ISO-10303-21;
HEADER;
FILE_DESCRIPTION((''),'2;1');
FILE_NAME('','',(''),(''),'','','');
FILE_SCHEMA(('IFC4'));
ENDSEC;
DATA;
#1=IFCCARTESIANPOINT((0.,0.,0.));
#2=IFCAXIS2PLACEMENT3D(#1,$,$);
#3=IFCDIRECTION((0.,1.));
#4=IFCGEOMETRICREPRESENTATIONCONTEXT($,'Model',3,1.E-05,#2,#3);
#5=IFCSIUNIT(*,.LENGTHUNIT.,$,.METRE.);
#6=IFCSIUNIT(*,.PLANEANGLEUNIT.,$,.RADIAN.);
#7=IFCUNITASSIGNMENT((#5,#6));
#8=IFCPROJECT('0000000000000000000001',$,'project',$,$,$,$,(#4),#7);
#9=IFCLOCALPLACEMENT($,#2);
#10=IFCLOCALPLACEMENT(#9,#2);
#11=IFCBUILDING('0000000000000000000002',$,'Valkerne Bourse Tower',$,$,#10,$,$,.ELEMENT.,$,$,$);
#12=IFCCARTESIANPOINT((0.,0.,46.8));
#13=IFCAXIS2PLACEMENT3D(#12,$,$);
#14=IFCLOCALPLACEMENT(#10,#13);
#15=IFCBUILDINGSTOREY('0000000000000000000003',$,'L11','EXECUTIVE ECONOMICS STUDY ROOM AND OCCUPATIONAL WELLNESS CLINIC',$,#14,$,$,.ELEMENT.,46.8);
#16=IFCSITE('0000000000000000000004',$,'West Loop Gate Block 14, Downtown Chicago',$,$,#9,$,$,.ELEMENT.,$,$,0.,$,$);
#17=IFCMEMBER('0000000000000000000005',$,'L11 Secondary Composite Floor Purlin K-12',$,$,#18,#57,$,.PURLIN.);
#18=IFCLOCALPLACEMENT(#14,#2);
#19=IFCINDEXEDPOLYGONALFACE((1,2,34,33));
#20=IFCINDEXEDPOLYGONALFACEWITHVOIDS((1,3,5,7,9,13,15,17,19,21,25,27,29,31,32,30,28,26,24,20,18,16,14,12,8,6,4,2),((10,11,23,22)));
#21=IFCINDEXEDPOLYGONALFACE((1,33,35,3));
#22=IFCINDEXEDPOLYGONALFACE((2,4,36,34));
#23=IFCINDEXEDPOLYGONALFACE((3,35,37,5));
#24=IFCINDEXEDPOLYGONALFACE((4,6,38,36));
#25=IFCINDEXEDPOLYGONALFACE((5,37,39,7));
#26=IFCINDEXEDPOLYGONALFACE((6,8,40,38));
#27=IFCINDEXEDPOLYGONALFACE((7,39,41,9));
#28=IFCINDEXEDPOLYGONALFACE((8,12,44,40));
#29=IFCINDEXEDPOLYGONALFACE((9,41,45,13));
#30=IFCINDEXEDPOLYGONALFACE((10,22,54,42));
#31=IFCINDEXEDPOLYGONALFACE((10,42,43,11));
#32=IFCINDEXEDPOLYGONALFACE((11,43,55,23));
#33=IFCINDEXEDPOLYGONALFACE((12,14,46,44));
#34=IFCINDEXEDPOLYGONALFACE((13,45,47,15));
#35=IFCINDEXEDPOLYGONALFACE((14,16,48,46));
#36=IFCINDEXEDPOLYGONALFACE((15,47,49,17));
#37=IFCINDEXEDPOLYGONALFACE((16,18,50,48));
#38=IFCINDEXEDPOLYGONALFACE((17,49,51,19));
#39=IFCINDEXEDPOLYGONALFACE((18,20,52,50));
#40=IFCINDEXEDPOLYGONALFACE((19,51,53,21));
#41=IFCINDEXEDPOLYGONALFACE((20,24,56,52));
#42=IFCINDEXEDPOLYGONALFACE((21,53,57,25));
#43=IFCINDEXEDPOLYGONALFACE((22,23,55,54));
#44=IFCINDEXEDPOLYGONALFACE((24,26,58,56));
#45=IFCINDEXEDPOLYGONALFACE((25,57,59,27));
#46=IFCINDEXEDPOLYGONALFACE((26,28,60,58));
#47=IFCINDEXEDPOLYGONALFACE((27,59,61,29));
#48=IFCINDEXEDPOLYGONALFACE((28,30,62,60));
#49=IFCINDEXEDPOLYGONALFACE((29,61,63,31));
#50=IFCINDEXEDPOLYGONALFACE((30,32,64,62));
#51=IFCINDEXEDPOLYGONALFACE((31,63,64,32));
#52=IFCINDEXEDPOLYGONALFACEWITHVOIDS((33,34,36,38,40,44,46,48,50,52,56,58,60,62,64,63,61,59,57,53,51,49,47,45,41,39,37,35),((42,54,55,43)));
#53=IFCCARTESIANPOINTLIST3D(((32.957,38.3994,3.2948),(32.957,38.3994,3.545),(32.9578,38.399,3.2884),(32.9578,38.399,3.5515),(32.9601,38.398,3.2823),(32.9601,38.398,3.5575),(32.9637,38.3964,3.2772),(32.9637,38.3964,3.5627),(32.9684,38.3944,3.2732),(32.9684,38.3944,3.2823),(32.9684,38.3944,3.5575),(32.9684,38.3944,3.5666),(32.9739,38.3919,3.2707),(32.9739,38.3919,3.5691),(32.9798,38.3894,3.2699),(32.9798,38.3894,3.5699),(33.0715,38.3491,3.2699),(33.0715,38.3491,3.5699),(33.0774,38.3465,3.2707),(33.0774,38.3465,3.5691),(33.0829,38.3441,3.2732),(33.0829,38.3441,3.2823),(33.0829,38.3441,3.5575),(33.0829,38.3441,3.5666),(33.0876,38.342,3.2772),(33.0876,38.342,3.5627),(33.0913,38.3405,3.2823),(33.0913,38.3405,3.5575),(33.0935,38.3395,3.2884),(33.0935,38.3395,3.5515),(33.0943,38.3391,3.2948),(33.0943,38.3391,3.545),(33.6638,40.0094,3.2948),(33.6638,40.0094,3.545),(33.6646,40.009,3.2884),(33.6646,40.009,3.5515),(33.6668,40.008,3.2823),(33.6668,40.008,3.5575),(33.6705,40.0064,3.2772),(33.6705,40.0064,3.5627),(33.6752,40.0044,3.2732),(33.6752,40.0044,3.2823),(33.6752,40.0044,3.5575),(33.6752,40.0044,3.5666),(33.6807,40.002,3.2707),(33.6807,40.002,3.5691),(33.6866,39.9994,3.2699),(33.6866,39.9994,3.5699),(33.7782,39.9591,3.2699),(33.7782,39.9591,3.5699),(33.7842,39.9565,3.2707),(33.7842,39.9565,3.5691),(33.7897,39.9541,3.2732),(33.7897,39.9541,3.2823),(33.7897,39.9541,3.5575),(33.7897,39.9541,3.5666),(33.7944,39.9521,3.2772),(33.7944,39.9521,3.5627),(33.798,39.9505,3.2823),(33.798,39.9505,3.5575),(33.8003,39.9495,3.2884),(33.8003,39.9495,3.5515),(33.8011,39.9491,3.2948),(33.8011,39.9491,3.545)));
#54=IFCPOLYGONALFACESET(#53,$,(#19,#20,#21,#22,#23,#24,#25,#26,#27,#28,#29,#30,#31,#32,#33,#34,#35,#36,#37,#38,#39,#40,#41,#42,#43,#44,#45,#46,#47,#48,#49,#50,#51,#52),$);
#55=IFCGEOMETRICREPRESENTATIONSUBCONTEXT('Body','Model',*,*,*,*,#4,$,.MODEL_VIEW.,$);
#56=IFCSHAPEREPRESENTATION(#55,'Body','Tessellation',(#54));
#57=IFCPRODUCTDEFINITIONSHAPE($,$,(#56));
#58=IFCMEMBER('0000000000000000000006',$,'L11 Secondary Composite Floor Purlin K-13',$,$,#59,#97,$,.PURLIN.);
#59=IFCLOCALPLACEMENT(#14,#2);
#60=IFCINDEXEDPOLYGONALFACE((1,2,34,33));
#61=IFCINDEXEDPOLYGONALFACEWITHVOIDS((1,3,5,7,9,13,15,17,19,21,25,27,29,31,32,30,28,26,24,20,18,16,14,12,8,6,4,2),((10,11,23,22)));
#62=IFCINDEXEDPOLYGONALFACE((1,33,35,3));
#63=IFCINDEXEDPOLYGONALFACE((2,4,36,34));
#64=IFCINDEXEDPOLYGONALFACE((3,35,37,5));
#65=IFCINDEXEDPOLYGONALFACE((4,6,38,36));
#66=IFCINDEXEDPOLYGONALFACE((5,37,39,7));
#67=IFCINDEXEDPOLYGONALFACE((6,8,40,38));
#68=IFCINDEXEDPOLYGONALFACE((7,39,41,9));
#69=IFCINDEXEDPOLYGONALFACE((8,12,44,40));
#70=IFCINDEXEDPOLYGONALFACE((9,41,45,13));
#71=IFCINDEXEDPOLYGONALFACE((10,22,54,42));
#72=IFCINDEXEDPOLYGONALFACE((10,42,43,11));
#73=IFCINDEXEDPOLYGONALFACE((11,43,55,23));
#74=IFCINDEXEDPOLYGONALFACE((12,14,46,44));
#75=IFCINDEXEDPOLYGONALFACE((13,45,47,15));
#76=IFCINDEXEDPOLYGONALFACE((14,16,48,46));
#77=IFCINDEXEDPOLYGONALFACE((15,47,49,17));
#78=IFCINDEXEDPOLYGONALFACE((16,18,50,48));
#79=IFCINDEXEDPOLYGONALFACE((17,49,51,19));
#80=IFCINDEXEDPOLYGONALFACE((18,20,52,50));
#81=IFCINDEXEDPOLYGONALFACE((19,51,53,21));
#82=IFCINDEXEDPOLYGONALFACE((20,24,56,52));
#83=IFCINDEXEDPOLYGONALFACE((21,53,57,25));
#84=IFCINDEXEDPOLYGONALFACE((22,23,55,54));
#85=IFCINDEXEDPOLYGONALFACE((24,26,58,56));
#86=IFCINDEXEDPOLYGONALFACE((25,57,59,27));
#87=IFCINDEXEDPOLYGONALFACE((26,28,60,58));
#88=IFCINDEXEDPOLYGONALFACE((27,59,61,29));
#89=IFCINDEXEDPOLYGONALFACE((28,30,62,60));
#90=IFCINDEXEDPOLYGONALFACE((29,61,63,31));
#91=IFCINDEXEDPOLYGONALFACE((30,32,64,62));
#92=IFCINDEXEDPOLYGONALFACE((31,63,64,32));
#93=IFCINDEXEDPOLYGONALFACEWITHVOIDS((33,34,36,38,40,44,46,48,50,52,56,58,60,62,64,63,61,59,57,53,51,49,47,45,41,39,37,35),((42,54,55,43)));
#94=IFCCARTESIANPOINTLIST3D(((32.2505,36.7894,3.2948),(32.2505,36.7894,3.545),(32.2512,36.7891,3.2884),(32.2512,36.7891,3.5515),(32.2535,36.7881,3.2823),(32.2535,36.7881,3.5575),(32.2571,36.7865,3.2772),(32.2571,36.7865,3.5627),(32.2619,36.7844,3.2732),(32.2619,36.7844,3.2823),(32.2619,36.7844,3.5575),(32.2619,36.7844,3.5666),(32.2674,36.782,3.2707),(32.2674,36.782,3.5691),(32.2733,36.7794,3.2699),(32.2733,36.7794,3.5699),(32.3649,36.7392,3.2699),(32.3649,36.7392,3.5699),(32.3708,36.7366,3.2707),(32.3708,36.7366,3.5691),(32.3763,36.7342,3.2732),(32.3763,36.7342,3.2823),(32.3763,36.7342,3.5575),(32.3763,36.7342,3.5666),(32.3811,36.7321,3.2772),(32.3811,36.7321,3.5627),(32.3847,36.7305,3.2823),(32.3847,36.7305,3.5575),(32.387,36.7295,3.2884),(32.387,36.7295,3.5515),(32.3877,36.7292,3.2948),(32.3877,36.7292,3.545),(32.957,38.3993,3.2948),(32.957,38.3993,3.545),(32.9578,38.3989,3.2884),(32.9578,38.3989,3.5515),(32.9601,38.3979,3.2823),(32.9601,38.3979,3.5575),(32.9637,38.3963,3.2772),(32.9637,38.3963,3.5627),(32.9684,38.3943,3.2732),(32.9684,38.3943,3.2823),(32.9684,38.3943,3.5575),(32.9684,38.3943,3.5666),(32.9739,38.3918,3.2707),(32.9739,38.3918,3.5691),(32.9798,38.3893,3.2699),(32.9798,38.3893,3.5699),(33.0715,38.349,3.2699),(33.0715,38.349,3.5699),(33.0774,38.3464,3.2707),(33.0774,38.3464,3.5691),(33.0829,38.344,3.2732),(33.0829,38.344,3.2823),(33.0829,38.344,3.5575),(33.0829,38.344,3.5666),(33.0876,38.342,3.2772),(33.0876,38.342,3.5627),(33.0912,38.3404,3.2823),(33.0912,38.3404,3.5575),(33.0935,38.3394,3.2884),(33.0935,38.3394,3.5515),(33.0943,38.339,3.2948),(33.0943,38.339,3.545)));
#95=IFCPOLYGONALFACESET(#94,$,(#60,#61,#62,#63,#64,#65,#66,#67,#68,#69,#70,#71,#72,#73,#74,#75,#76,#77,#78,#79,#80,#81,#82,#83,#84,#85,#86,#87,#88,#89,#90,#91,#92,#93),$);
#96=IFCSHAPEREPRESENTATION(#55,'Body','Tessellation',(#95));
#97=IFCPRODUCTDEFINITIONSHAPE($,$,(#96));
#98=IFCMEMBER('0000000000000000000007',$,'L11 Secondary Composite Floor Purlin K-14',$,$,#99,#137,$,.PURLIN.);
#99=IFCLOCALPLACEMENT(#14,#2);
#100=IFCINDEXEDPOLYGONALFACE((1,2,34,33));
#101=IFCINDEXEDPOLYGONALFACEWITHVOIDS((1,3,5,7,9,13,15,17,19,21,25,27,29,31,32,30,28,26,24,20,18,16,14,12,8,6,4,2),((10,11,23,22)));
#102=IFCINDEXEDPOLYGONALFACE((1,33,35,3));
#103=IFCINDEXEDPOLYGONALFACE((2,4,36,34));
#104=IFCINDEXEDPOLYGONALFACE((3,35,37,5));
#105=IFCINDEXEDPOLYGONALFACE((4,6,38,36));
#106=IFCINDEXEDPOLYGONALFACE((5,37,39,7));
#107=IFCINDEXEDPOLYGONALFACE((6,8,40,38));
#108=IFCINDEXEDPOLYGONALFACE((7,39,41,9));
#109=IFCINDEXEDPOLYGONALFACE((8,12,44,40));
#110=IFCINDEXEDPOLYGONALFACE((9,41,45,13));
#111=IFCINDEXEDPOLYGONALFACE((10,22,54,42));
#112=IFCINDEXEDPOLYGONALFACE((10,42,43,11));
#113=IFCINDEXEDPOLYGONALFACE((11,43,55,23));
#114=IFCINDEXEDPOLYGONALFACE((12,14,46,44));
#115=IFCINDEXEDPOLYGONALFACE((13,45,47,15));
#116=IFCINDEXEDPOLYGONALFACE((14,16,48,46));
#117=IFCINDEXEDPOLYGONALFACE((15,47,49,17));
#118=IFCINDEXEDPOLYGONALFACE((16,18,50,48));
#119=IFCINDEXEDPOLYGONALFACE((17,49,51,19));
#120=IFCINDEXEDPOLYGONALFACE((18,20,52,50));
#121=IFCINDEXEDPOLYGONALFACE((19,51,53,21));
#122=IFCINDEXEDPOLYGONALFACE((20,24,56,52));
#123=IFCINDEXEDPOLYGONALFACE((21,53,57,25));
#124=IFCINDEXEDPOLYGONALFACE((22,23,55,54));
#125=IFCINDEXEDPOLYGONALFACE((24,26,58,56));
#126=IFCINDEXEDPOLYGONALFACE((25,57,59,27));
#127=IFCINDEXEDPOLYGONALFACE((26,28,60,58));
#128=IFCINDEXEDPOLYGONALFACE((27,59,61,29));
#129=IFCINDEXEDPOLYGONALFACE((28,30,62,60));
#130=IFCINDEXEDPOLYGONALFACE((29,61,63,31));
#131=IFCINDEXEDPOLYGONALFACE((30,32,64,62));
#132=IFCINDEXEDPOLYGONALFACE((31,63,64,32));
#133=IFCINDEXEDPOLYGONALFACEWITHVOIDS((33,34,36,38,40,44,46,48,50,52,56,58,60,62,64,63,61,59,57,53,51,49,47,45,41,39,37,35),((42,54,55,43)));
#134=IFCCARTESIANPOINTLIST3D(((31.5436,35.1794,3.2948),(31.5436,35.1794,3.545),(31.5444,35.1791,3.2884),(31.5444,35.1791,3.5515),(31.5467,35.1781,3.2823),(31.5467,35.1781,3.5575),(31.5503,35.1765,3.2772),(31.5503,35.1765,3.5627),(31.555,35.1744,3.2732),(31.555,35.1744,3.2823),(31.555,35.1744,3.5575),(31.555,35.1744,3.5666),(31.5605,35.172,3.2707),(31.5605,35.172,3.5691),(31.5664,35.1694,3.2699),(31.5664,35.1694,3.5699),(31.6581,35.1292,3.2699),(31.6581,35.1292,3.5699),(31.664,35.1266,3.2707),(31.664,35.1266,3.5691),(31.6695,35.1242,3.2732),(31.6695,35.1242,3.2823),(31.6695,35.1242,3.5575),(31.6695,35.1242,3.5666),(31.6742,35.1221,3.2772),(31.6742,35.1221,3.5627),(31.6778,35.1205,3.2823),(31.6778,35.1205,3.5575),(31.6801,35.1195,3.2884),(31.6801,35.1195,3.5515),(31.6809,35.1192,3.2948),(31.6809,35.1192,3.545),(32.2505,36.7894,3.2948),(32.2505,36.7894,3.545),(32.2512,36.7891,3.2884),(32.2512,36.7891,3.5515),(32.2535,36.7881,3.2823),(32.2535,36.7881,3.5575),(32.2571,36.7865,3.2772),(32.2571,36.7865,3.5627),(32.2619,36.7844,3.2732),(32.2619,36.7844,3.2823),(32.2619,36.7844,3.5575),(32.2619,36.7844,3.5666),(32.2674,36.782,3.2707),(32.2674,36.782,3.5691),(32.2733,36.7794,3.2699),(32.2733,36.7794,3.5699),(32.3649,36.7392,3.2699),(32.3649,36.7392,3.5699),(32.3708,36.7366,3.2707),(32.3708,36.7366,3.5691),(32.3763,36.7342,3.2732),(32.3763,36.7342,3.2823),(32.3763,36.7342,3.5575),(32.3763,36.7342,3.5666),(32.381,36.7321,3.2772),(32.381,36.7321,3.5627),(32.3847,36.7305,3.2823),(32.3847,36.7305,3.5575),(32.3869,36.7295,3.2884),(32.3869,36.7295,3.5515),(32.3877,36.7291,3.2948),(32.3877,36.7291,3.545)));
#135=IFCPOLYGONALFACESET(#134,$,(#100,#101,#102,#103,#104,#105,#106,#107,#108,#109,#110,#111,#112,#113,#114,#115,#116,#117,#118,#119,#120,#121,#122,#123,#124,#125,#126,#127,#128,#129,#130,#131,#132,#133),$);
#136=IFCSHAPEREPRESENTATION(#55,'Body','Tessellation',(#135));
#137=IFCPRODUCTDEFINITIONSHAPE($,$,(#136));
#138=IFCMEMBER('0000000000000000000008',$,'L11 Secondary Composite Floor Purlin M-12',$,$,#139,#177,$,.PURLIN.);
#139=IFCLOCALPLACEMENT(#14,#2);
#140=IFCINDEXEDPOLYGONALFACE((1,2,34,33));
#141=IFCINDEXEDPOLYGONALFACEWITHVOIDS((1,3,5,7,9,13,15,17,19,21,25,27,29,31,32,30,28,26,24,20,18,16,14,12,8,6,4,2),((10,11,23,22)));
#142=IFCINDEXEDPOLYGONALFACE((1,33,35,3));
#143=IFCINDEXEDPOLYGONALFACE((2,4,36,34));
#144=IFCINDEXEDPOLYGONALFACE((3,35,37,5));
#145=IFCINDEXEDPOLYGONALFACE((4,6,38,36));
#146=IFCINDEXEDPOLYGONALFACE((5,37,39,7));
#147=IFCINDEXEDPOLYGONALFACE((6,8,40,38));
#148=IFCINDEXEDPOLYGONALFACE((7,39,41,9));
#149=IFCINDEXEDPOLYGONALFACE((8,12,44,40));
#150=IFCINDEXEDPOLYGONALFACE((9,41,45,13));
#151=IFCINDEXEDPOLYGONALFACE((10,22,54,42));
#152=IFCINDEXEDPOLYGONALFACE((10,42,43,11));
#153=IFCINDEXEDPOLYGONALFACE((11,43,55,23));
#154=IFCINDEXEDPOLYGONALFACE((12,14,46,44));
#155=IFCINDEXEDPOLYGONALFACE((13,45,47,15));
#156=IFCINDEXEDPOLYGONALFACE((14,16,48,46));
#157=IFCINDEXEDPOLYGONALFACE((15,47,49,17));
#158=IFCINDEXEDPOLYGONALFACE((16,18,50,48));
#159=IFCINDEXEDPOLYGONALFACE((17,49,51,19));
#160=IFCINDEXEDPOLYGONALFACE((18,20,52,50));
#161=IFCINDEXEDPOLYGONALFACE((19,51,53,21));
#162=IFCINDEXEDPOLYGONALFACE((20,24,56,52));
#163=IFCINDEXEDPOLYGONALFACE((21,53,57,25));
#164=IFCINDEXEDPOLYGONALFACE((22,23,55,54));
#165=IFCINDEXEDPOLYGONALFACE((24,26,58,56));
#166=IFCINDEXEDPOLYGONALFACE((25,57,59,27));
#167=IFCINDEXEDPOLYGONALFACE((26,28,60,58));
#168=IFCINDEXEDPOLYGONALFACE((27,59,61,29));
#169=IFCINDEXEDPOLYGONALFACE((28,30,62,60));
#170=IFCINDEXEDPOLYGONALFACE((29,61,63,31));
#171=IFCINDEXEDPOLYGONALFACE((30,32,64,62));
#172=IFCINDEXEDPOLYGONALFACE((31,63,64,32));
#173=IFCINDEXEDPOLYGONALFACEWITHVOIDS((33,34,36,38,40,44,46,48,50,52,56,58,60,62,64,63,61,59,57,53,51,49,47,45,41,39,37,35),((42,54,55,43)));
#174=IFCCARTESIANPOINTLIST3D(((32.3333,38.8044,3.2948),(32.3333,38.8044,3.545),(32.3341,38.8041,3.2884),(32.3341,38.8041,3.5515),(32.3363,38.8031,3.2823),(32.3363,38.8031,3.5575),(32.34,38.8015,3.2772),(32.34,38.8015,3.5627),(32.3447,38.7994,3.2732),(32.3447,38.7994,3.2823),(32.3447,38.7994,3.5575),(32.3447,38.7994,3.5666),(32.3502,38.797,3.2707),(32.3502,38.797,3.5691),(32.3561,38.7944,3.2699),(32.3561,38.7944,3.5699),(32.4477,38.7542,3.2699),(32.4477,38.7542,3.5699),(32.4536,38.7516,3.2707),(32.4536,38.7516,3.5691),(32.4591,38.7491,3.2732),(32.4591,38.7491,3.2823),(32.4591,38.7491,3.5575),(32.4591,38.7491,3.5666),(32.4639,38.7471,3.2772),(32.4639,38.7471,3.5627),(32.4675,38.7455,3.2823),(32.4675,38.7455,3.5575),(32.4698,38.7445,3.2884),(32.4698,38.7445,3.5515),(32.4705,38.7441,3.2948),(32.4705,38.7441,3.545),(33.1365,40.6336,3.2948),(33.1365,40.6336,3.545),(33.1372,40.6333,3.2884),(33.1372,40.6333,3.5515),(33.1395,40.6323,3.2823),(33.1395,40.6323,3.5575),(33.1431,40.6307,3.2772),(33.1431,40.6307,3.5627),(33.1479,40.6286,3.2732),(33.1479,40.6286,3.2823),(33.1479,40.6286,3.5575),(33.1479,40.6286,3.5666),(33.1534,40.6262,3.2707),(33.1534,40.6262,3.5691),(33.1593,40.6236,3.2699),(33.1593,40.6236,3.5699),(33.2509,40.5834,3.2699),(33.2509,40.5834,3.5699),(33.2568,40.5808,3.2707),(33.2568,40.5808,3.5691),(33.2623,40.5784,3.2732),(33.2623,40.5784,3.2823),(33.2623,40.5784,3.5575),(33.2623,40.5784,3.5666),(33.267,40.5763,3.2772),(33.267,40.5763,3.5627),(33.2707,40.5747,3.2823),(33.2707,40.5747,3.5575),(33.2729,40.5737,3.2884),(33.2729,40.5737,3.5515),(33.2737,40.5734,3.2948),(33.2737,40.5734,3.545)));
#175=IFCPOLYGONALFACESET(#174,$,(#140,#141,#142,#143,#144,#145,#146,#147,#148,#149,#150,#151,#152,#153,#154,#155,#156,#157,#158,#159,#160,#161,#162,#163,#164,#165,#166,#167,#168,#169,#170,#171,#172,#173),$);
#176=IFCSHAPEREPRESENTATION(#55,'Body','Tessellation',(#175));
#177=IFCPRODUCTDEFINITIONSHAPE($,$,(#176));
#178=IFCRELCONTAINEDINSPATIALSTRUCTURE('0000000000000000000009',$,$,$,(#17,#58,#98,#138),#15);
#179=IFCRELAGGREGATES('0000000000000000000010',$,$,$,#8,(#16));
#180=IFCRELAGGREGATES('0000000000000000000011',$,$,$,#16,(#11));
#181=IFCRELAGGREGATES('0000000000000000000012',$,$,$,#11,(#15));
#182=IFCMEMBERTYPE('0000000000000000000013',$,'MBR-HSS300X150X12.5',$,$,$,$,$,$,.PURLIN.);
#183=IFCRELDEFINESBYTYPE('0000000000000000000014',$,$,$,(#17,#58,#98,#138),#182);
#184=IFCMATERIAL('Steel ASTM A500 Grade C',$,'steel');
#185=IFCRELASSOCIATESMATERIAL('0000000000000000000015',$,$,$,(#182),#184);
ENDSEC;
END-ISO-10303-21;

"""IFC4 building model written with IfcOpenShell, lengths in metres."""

from ifc_helpers import new_model, si_unit, direction, frame, origin, origin_2d, place, context, subcontext, project, spatial, hollow_rectangle, extrude, material, material_profile, profile_set, type_object, element, save


model = new_model("IFC4")

# Units and contexts
model_context = context("Model", 3, precision=1e-05, world=origin(), true_north=direction((0.0, 1.0)))
body_context = subcontext(model_context, "Body", "Model", "MODEL_VIEW")
ifc_project = project(units=[si_unit("LENGTHUNIT", "METRE"), si_unit("PLANEANGLEUNIT", "RADIAN")], contexts=[model_context])

# Site, building, storey
site_placement = place(None, origin())
site = spatial("IfcSite", under=ifc_project, at=site_placement, Name="West Loop Gate Block 14, Downtown Chicago", CompositionType="ELEMENT", RefElevation=0.0)
building_placement = place(site_placement, origin())
building = spatial("IfcBuilding", under=site, at=building_placement, Name="Valkerne Bourse Tower", CompositionType="ELEMENT")
storey_placement = place(building_placement, frame((0.0, 0.0, 46.8)))
storey = spatial("IfcBuildingStorey", under=building, at=storey_placement, Name="L11", Description="EXECUTIVE ECONOMICS STUDY ROOM AND OCCUPATIONAL WELLNESS CLINIC", CompositionType="ELEMENT", Elevation=46.8)

# Members
ifc_material_1 = material(Name="Steel ASTM A500 Grade C", Category="steel")
ifc_material_profile_1 = material_profile(ifc_material_1, hollow_rectangle(XDim=0.1499, YDim=0.3, WallThickness=0.0125, OuterFilletRadius=0.0249, at=origin_2d()), Name="HSS300X150X12.5")
ifc_profile_set_1 = profile_set([ifc_material_profile_1], Name="Steel ASTM A500 Grade C")
member_type_1 = type_object("IfcMemberType", Name="MBR-HSS300X150X12.5", PredefinedType="PURLIN", material=ifc_profile_set_1)
member_1_placement = place(storey_placement, frame((33.7324, 39.9792, 3.4199), z_axis=(-0.401947, -0.915663, 0.0), x_axis=(0.915663, -0.401947, 0.0)))
element("IfcMember", 1, at=member_1_placement, inside=storey, type_object=member_type_1, Name="L11 Secondary Composite Floor Purlin K-12", PredefinedType="PURLIN", context=body_context, shape_type="SweptSolid", body=[
    extrude(hollow_rectangle(XDim=0.1499, YDim=0.3, WallThickness=0.0125, OuterFilletRadius=0.0249, at=origin_2d()), origin(), (0.0, 0.0, 1.0), 1.7583),
])
member_2_placement = place(storey_placement, frame((33.0256, 38.3691, 3.4199), z_axis=(-0.401882, -0.915691, 0.0), x_axis=(0.915691, -0.401882, 0.0)))
element("IfcMember", 2, at=member_2_placement, inside=storey, type_object=member_type_1, Name="L11 Secondary Composite Floor Purlin K-13", PredefinedType="PURLIN", context=body_context, shape_type="SweptSolid", body=[
    extrude(hollow_rectangle(XDim=0.1499, YDim=0.3, WallThickness=0.0125, OuterFilletRadius=0.0249, at=origin_2d()), origin(), (0.0, 0.0, 1.0), 1.7581),
])
member_3_placement = place(storey_placement, frame((32.3191, 36.7593, 3.4199), z_axis=(-0.401999, -0.91564, 0.0), x_axis=(0.91564, -0.401999, 0.0)))
element("IfcMember", 3, at=member_3_placement, inside=storey, type_object=member_type_1, Name="L11 Secondary Composite Floor Purlin K-14", PredefinedType="PURLIN", context=body_context, shape_type="SweptSolid", body=[
    extrude(hollow_rectangle(XDim=0.1499, YDim=0.3, WallThickness=0.0125, OuterFilletRadius=0.0249, at=origin_2d()), origin(), (0.0, 0.0, 1.0), 1.7583),
])
member_4_placement = place(storey_placement, frame((33.2051, 40.6035, 3.4199), z_axis=(-0.40203, -0.915626, 0.0), x_axis=(0.915626, -0.40203, 0.0)))
element("IfcMember", 4, at=member_4_placement, inside=storey, type_object=member_type_1, Name="L11 Secondary Composite Floor Purlin M-12", PredefinedType="PURLIN", context=body_context, shape_type="SweptSolid", body=[
    extrude(hollow_rectangle(XDim=0.1499, YDim=0.3, WallThickness=0.0125, OuterFilletRadius=0.0249, at=origin_2d()), origin(), (0.0, 0.0, 1.0), 1.9978),
])

save(model, "model.ifc")
